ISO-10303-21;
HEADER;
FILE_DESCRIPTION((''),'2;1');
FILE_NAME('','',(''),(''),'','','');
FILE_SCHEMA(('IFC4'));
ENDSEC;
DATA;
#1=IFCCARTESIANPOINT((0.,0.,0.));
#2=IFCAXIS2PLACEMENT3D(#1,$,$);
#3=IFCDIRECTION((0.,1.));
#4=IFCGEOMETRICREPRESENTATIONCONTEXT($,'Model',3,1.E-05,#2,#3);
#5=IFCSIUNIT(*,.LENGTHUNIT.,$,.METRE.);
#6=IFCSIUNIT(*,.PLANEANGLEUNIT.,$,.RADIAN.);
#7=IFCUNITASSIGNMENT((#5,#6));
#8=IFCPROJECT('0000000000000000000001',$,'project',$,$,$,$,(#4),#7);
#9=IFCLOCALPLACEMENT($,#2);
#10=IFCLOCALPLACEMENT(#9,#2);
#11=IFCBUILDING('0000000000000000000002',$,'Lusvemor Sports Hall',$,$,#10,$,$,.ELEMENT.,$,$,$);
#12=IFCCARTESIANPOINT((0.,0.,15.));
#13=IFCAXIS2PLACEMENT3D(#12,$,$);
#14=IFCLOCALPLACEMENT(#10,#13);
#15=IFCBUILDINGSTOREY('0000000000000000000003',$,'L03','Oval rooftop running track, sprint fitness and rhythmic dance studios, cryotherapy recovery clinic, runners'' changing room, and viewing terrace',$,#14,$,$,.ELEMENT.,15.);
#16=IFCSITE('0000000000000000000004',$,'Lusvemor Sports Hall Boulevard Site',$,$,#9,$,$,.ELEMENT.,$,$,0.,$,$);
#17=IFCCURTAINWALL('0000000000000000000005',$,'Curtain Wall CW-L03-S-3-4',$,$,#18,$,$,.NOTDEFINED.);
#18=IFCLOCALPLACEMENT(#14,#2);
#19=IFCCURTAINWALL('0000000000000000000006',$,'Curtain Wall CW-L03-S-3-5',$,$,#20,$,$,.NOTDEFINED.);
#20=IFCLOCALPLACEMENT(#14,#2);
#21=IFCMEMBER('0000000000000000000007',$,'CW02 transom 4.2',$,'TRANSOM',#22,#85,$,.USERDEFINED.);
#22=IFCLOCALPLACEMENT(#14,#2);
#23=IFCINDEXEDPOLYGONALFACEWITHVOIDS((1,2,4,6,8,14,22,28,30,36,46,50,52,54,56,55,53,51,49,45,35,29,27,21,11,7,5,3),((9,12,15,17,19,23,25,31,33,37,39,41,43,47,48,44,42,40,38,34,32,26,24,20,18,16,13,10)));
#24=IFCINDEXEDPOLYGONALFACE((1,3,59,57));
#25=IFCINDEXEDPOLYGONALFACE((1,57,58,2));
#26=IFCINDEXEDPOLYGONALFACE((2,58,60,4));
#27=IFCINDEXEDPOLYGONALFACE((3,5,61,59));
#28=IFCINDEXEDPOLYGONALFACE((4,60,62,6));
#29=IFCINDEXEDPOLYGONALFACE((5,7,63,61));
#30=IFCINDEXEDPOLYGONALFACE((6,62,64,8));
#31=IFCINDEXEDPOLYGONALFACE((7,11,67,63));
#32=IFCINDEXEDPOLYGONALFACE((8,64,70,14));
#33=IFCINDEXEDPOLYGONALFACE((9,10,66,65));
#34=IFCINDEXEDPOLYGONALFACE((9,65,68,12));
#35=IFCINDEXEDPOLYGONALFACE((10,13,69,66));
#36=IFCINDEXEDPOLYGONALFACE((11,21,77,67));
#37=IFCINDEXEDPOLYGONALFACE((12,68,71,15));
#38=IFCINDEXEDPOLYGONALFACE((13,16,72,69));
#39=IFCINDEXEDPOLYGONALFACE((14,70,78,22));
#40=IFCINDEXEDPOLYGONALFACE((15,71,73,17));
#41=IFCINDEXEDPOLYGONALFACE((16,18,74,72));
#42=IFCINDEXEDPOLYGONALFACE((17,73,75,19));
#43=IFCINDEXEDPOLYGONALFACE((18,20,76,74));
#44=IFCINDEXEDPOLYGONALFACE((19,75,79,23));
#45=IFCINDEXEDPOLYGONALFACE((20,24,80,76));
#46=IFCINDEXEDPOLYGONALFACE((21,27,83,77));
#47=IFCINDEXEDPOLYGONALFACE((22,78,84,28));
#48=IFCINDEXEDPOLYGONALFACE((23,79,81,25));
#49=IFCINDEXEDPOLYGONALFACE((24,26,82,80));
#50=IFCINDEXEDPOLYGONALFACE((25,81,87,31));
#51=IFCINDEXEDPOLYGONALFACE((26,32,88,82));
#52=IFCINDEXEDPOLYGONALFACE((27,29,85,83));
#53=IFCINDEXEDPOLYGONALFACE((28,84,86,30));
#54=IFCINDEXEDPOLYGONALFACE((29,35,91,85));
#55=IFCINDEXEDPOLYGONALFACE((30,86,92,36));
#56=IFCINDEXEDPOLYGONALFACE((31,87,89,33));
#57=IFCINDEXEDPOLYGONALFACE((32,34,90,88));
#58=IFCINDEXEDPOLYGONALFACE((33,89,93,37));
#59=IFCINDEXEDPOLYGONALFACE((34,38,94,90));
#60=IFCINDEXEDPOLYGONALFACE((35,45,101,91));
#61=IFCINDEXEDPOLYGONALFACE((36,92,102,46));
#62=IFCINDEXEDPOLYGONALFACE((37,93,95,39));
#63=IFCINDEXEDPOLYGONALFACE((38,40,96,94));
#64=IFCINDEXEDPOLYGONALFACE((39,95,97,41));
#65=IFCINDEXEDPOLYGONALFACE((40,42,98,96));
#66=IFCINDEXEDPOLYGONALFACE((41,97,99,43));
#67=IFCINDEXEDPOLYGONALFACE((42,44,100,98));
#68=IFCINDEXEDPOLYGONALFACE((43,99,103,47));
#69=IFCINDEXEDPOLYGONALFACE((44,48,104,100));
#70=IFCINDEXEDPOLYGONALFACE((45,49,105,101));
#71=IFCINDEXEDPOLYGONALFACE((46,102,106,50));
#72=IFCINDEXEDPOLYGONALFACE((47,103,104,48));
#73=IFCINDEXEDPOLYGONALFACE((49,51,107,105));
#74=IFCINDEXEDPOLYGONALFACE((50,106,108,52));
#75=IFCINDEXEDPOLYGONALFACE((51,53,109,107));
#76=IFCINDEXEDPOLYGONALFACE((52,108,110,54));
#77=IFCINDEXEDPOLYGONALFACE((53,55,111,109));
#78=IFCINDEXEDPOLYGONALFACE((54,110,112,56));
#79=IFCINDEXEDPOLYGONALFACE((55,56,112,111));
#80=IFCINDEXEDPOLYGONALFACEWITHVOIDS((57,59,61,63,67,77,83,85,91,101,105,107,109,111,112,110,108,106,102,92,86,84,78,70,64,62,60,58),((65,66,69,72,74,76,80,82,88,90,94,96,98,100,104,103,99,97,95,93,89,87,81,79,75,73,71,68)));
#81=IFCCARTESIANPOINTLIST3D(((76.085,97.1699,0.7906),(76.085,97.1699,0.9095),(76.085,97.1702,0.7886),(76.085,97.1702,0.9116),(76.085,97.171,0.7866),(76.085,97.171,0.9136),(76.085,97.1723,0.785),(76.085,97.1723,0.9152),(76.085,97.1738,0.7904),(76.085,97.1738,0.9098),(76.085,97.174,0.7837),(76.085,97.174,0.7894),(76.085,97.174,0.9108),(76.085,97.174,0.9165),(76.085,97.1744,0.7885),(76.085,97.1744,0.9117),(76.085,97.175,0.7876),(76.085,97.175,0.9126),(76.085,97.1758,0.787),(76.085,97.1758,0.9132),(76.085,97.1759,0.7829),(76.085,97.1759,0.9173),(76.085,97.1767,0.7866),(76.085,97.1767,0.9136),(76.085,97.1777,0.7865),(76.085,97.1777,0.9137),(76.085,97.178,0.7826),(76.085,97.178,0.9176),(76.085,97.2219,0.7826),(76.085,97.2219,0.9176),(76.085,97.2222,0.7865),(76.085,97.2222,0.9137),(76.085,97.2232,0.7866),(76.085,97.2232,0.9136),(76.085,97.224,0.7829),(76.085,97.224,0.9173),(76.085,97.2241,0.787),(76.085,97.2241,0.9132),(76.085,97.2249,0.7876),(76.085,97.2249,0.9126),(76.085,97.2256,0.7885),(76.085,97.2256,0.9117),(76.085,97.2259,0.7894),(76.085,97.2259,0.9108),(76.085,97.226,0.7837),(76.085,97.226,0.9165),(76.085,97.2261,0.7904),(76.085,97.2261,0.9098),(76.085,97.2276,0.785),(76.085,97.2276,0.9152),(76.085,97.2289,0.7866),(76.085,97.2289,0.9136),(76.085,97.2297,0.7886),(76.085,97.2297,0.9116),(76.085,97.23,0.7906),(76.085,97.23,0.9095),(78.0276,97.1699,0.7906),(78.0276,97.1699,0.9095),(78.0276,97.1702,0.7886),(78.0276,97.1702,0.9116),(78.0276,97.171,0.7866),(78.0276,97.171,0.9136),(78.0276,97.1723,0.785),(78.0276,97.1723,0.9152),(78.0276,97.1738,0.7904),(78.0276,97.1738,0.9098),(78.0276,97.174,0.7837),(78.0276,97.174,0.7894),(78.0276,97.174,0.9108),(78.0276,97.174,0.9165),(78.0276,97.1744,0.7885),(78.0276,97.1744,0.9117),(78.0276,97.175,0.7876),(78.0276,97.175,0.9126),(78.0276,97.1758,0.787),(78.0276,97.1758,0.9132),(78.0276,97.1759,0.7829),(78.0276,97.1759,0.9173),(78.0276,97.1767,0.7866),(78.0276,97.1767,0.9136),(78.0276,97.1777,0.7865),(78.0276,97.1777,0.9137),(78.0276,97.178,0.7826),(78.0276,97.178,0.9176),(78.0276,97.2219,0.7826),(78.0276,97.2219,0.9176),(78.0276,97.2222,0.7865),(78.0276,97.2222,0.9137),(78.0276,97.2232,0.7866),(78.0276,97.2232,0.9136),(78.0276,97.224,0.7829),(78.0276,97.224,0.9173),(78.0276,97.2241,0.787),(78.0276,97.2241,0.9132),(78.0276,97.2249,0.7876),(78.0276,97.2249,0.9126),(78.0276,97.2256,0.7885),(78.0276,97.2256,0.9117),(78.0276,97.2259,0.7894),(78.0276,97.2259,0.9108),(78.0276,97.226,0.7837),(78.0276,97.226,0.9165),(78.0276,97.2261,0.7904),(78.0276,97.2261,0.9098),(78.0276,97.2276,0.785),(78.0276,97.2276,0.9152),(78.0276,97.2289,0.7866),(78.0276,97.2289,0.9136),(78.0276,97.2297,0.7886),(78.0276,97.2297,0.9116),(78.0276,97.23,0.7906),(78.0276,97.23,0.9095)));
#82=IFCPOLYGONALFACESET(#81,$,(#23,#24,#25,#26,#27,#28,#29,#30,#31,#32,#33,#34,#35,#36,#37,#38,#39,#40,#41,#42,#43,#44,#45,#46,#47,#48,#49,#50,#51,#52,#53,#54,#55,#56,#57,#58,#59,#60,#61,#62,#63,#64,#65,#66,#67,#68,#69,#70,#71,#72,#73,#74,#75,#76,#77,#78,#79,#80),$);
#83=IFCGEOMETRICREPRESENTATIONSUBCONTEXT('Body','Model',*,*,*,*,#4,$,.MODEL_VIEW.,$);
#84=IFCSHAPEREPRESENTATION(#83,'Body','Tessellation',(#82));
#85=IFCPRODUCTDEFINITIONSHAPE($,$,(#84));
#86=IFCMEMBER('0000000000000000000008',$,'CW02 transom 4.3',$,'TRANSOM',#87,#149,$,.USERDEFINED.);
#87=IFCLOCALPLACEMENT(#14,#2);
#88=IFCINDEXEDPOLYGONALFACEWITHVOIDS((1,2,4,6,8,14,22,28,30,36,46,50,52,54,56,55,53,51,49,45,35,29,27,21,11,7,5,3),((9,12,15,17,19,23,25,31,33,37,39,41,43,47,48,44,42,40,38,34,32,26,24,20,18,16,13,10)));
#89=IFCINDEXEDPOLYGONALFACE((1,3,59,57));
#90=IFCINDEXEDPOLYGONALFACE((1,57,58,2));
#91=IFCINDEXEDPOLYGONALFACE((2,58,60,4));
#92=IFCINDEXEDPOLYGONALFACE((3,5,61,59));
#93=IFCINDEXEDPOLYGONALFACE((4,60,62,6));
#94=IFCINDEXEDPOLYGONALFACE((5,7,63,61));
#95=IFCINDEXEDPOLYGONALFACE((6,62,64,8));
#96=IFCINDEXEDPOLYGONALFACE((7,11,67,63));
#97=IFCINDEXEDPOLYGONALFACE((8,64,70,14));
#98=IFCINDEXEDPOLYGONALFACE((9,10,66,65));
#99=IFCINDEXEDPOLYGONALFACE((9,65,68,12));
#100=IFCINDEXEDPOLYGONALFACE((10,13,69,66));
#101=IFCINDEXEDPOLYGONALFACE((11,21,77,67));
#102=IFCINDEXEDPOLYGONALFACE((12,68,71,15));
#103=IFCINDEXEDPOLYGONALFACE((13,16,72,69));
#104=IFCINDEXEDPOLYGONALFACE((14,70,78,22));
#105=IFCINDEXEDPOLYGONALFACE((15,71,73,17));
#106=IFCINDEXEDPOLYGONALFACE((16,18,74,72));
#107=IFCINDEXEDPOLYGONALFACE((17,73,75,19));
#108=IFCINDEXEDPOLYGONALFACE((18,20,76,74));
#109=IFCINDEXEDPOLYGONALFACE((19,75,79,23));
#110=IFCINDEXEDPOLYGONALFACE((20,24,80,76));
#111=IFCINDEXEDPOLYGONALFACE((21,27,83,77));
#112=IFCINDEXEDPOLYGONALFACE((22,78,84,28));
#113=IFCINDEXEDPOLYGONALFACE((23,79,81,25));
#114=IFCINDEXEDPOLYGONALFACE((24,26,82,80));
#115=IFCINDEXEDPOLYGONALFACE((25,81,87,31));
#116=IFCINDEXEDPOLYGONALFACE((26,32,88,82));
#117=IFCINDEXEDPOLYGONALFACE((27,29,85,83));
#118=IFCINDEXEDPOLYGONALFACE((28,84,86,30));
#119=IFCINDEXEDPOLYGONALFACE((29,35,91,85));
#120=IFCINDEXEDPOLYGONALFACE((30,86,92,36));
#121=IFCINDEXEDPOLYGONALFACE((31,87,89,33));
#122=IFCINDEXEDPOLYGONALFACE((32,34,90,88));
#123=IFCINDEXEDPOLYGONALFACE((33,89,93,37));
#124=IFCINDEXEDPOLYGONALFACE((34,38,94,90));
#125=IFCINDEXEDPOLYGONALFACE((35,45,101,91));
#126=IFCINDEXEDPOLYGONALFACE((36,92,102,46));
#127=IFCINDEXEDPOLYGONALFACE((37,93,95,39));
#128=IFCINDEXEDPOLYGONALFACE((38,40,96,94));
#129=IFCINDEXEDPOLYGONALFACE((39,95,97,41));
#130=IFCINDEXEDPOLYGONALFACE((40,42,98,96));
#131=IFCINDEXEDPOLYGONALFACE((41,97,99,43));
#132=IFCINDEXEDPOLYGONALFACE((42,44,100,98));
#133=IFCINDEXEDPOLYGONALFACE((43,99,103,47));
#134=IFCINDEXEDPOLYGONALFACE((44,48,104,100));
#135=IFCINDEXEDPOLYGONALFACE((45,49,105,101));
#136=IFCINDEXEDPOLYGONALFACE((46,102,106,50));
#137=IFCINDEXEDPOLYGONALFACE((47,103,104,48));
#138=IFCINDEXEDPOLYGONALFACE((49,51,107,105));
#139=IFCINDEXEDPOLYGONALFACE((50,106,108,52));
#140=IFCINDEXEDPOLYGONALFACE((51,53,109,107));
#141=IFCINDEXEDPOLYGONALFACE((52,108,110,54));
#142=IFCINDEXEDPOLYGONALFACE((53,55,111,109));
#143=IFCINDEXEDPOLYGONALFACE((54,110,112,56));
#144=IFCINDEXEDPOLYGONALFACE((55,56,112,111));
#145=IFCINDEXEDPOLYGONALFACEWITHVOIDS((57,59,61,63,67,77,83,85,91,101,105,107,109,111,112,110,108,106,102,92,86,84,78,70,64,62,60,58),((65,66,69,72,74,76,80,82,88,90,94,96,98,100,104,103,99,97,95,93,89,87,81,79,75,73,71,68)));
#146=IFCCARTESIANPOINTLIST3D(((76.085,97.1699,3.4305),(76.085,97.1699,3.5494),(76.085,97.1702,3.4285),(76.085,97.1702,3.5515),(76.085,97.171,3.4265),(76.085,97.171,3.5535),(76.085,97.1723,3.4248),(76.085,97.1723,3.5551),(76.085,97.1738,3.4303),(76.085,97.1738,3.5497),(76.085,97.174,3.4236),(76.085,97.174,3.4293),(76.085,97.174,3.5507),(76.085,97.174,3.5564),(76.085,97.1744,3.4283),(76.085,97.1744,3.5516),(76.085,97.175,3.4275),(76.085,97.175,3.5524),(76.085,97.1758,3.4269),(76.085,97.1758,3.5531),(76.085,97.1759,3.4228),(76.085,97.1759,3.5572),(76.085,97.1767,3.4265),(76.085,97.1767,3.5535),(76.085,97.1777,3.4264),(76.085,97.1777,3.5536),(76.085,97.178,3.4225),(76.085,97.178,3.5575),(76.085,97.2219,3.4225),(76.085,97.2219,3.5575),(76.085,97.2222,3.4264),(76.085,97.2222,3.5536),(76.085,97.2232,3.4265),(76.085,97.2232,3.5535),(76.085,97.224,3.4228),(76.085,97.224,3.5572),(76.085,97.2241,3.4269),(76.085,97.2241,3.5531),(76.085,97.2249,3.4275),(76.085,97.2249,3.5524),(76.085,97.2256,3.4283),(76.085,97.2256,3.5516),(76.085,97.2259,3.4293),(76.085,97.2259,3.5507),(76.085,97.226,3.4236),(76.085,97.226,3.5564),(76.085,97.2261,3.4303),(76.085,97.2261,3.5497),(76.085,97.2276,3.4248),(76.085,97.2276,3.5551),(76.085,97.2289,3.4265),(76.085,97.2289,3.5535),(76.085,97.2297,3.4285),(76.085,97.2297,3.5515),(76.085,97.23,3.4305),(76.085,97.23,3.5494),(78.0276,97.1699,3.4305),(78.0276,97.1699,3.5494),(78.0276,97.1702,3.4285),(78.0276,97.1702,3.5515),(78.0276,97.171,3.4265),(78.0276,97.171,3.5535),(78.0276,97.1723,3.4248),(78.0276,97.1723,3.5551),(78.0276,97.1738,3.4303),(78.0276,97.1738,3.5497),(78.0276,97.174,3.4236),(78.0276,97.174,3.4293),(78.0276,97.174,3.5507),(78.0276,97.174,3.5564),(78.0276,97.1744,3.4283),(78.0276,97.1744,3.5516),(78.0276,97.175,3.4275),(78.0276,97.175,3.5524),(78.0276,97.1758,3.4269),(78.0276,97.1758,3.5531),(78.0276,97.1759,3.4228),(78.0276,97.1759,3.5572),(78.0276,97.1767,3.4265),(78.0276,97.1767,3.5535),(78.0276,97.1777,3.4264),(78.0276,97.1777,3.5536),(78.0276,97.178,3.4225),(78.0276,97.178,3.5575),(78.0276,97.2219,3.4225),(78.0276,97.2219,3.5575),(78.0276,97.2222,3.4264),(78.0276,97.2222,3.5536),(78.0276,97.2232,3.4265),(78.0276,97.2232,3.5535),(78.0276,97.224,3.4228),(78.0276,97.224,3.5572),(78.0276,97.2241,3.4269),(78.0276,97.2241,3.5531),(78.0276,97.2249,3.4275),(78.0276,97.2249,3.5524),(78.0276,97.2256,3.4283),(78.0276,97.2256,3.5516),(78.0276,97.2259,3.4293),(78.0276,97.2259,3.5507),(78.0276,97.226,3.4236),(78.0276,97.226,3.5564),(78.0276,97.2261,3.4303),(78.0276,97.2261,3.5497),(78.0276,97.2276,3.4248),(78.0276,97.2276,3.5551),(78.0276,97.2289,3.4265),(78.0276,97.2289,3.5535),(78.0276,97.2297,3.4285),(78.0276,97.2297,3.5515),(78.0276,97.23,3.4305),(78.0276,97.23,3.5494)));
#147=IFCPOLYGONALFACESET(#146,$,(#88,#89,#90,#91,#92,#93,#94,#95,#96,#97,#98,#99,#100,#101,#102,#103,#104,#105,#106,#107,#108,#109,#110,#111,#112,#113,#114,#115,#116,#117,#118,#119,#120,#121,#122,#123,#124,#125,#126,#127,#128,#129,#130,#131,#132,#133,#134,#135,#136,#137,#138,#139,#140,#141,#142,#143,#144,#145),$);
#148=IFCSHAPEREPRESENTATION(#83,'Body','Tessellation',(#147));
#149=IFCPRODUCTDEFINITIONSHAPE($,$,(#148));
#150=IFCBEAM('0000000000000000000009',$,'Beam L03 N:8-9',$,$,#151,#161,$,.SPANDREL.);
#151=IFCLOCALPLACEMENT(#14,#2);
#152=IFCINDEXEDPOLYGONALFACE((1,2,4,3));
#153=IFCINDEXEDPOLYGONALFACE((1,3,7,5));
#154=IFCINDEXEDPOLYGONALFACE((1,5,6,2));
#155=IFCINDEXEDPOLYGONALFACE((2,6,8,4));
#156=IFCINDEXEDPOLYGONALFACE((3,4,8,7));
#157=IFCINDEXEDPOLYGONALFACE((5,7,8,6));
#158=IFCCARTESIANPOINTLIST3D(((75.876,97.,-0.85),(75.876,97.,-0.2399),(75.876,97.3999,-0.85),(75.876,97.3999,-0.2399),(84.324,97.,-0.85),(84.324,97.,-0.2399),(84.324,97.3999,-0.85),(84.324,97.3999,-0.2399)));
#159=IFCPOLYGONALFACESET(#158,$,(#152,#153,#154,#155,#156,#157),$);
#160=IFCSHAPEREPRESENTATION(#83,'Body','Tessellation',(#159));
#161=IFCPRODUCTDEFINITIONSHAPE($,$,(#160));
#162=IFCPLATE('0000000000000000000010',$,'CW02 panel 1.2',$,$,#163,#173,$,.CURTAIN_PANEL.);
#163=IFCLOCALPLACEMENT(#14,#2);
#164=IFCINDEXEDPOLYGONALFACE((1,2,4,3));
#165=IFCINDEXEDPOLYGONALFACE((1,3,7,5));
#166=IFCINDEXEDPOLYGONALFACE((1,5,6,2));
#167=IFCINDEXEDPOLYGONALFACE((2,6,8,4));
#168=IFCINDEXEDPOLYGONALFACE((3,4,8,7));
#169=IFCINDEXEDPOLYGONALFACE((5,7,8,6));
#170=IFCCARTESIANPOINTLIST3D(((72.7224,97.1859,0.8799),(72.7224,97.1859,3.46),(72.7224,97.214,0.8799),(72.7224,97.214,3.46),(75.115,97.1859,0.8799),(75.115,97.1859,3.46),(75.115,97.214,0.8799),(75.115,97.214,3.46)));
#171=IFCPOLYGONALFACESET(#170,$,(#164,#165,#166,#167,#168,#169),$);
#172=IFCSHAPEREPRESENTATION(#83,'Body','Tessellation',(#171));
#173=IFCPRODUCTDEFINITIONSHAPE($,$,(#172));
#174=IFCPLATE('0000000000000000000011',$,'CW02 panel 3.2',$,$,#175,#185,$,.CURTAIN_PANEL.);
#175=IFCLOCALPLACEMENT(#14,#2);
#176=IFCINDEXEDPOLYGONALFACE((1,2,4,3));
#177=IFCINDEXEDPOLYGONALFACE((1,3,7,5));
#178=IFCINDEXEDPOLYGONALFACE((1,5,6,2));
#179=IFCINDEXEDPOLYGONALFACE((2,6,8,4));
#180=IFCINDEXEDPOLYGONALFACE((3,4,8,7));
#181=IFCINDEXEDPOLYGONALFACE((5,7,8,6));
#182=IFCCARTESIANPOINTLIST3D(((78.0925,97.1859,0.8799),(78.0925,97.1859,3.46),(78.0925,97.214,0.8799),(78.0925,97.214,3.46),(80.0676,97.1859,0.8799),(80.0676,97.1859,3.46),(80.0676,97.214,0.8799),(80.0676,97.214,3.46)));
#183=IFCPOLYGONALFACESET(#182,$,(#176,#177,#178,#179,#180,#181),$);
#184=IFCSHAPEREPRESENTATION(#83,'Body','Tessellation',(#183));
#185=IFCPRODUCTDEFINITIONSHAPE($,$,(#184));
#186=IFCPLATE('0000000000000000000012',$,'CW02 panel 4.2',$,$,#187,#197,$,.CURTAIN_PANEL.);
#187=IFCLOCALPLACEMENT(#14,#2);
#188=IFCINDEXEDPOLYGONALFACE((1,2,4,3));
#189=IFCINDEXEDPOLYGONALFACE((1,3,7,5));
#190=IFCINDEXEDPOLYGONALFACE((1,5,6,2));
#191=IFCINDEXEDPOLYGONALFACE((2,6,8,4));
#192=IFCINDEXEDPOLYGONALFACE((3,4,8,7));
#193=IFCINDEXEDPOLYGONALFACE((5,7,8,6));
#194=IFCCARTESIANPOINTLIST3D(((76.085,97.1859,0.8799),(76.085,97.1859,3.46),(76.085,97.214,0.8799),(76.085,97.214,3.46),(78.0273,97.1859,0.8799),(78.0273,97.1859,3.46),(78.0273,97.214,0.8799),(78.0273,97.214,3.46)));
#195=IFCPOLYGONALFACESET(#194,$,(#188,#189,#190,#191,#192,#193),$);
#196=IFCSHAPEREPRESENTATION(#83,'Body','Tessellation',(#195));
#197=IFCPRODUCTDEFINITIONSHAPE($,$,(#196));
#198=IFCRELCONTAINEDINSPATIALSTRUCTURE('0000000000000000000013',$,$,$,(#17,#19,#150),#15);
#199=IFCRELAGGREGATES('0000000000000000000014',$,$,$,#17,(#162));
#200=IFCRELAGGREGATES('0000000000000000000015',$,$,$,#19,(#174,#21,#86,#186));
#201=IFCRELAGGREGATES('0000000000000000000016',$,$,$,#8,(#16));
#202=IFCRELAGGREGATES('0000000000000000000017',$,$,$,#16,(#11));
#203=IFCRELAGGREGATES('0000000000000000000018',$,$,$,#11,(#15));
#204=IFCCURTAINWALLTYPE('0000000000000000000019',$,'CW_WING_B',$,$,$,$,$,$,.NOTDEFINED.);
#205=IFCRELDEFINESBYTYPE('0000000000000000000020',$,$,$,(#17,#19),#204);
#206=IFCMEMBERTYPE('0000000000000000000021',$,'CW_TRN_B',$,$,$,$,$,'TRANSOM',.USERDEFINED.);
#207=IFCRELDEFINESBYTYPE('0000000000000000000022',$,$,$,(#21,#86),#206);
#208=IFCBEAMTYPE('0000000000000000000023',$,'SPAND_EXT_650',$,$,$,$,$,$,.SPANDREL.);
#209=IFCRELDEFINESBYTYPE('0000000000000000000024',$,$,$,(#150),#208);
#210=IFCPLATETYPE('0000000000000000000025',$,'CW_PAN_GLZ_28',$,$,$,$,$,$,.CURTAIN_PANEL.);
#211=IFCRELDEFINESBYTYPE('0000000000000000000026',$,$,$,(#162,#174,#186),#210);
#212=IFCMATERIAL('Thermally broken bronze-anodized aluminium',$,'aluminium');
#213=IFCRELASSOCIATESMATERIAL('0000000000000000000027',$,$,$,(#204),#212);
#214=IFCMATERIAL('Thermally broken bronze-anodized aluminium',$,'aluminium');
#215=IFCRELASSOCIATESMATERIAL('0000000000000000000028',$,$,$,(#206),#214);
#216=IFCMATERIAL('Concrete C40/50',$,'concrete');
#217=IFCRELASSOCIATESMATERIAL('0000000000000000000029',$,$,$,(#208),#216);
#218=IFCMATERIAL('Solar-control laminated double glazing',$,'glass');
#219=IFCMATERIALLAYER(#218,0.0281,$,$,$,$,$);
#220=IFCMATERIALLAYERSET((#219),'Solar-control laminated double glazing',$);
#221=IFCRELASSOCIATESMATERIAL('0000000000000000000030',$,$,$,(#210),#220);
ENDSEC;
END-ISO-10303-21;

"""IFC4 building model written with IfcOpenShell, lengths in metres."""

from ifc_helpers import new_model, si_unit, direction, frame, origin, origin_2d, place, context, subcontext, project, spatial, rectangle, hollow_rectangle, extrude, material, layer, layer_set, material_profile, profile_set, type_object, element, aggregate, save


model = new_model("IFC4")

# Units and contexts
model_context = context("Model", 3, precision=1e-05, world=origin(), true_north=direction((0.0, 1.0)))
body_context = subcontext(model_context, "Body", "Model", "MODEL_VIEW")
ifc_project = project(units=[si_unit("LENGTHUNIT", "METRE"), si_unit("PLANEANGLEUNIT", "RADIAN")], contexts=[model_context])

# Site, building, storey
site_placement = place(None, origin())
site = spatial("IfcSite", under=ifc_project, at=site_placement, Name="Lusvemor Sports Hall Boulevard Site", CompositionType="ELEMENT", RefElevation=0.0)
building_placement = place(site_placement, origin())
building = spatial("IfcBuilding", under=site, at=building_placement, Name="Lusvemor Sports Hall", CompositionType="ELEMENT")
storey_placement = place(building_placement, frame((0.0, 0.0, 15.0)))
storey = spatial("IfcBuildingStorey", under=building, at=storey_placement, Name="L03", Description="Oval rooftop running track, sprint fitness and rhythmic dance studios, cryotherapy recovery clinic, runners' changing room, and viewing terrace", CompositionType="ELEMENT", Elevation=15.0)

# Curtain wall
ifc_material_1 = material(Name="Thermally broken bronze-anodized aluminium", Category="aluminium")
curtain_wall_type = type_object("IfcCurtainWallType", Name="CW_WING_B", PredefinedType="NOTDEFINED", material=ifc_material_1)
curtain_wall_1_placement = place(storey_placement, origin())
curtain_wall_1 = element("IfcCurtainWall", 1, at=curtain_wall_1_placement, inside=storey, type_object=curtain_wall_type, Name="Curtain Wall CW-L03-S-3-4", PredefinedType="NOTDEFINED")

# Curtain wall
curtain_wall_2_placement = place(storey_placement, origin())
curtain_wall_2 = element("IfcCurtainWall", 2, at=curtain_wall_2_placement, inside=storey, type_object=curtain_wall_type, Name="Curtain Wall CW-L03-S-3-5", PredefinedType="NOTDEFINED")

# Members
ifc_material_2 = material(Name="Thermally broken bronze-anodized aluminium", Category="aluminium")
ifc_material_profile_1 = material_profile(ifc_material_2, hollow_rectangle(XDim=0.0601, YDim=0.135, WallThickness=0.0039, InnerFilletRadius=0.0039, OuterFilletRadius=0.0081, at=origin_2d()), Name="CWTRN135x60x4")
ifc_profile_set_1 = profile_set([ifc_material_profile_1], Name="Thermally broken bronze-anodized aluminium")
member_type_1 = type_object("IfcMemberType", Name="CW_TRN_B", ElementType="TRANSOM", PredefinedType="USERDEFINED", material=ifc_profile_set_1)
member_1_placement = place(storey_placement, frame((78.0276, 97.2, 0.8501), z_axis=(-1.0, 0.0, 0.0), x_axis=(0.0, -1.0, 0.0)))
member_1 = element("IfcMember", 3, at=member_1_placement, type_object=member_type_1, Name="CW02 transom 4.2", ObjectType="TRANSOM", PredefinedType="USERDEFINED", context=body_context, shape_type="SweptSolid", body=[
    extrude(hollow_rectangle(XDim=0.0601, YDim=0.135, WallThickness=0.0039, InnerFilletRadius=0.0039, OuterFilletRadius=0.0081, at=origin_2d()), origin(), (0.0, 0.0, 1.0), 1.9426),
])
member_2_placement = place(storey_placement, frame((78.0276, 97.2, 3.49), z_axis=(-1.0, 0.0, 0.0), x_axis=(0.0, -1.0, 0.0)))
member_2 = element("IfcMember", 4, at=member_2_placement, type_object=member_type_1, Name="CW02 transom 4.3", ObjectType="TRANSOM", PredefinedType="USERDEFINED", context=body_context, shape_type="SweptSolid", body=[
    extrude(hollow_rectangle(XDim=0.0601, YDim=0.135, WallThickness=0.0039, InnerFilletRadius=0.0039, OuterFilletRadius=0.0081, at=origin_2d()), origin(), (0.0, 0.0, 1.0), 1.9426),
])

# Beam
ifc_material_3 = material(Name="Concrete C40/50", Category="concrete")
ifc_material_profile_2 = material_profile(ifc_material_3, rectangle(XDim=0.3999, YDim=0.6101, at=origin_2d()), Name="RC400x610")
ifc_profile_set_2 = profile_set([ifc_material_profile_2], Name="Concrete C40/50")
beam_type = type_object("IfcBeamType", Name="SPAND_EXT_650", PredefinedType="SPANDREL", material=ifc_profile_set_2)
beam_placement = place(storey_placement, frame((75.876, 97.2, -0.5449), z_axis=(1.0, 0.0, 0.0), x_axis=(0.0, 1.0, 0.0)))
element("IfcBeam", 5, at=beam_placement, inside=storey, type_object=beam_type, Name="Beam L03 N:8-9", PredefinedType="SPANDREL", context=body_context, shape_type="SweptSolid", body=[
    extrude(rectangle(XDim=0.3999, YDim=0.6101, at=origin_2d()), origin(), (0.0, 0.0, 1.0), 8.448),
])

# Plates
ifc_material_4 = material(Name="Solar-control laminated double glazing", Category="glass")
ifc_layer_1 = layer(ifc_material_4, 0.0281)
ifc_layer_set_1 = layer_set([ifc_layer_1], Name="Solar-control laminated double glazing")
plate_type_1 = type_object("IfcPlateType", Name="CW_PAN_GLZ_28", PredefinedType="CURTAIN_PANEL", material=ifc_layer_set_1)
plate_1_placement = place(storey_placement, frame((73.9187, 97.2, 0.8799), z_axis=(0.0, 0.0, 1.0), x_axis=(-1.0, 0.0, 0.0)))
plate_1 = element("IfcPlate", 6, at=plate_1_placement, type_object=plate_type_1, Name="CW02 panel 1.2", PredefinedType="CURTAIN_PANEL", context=body_context, shape_type="SweptSolid", body=[
    extrude(rectangle(XDim=2.3926, YDim=0.0281, at=origin_2d()), origin(), (0.0, 0.0, 1.0), 2.5801),
])
aggregate(curtain_wall_1, [plate_1])
plate_2_placement = place(storey_placement, frame((79.0801, 97.2, 0.8799), z_axis=(0.0, 0.0, 1.0), x_axis=(-1.0, 0.0, 0.0)))
plate_2 = element("IfcPlate", 7, at=plate_2_placement, type_object=plate_type_1, Name="CW02 panel 3.2", PredefinedType="CURTAIN_PANEL", context=body_context, shape_type="SweptSolid", body=[
    extrude(rectangle(XDim=1.9751, YDim=0.0281, at=origin_2d()), origin(), (0.0, 0.0, 1.0), 2.5801),
])
plate_3_placement = place(storey_placement, frame((77.0562, 97.2, 0.8799), z_axis=(0.0, 0.0, 1.0), x_axis=(-1.0, 0.0, 0.0)))
plate_3 = element("IfcPlate", 8, at=plate_3_placement, type_object=plate_type_1, Name="CW02 panel 4.2", PredefinedType="CURTAIN_PANEL", context=body_context, shape_type="SweptSolid", body=[
    extrude(rectangle(XDim=1.9424, YDim=0.0281, at=origin_2d()), origin(), (0.0, 0.0, 1.0), 2.5801),
])
aggregate(curtain_wall_2, [plate_2, member_1, member_2, plate_3])

save(model, "model.ifc")
